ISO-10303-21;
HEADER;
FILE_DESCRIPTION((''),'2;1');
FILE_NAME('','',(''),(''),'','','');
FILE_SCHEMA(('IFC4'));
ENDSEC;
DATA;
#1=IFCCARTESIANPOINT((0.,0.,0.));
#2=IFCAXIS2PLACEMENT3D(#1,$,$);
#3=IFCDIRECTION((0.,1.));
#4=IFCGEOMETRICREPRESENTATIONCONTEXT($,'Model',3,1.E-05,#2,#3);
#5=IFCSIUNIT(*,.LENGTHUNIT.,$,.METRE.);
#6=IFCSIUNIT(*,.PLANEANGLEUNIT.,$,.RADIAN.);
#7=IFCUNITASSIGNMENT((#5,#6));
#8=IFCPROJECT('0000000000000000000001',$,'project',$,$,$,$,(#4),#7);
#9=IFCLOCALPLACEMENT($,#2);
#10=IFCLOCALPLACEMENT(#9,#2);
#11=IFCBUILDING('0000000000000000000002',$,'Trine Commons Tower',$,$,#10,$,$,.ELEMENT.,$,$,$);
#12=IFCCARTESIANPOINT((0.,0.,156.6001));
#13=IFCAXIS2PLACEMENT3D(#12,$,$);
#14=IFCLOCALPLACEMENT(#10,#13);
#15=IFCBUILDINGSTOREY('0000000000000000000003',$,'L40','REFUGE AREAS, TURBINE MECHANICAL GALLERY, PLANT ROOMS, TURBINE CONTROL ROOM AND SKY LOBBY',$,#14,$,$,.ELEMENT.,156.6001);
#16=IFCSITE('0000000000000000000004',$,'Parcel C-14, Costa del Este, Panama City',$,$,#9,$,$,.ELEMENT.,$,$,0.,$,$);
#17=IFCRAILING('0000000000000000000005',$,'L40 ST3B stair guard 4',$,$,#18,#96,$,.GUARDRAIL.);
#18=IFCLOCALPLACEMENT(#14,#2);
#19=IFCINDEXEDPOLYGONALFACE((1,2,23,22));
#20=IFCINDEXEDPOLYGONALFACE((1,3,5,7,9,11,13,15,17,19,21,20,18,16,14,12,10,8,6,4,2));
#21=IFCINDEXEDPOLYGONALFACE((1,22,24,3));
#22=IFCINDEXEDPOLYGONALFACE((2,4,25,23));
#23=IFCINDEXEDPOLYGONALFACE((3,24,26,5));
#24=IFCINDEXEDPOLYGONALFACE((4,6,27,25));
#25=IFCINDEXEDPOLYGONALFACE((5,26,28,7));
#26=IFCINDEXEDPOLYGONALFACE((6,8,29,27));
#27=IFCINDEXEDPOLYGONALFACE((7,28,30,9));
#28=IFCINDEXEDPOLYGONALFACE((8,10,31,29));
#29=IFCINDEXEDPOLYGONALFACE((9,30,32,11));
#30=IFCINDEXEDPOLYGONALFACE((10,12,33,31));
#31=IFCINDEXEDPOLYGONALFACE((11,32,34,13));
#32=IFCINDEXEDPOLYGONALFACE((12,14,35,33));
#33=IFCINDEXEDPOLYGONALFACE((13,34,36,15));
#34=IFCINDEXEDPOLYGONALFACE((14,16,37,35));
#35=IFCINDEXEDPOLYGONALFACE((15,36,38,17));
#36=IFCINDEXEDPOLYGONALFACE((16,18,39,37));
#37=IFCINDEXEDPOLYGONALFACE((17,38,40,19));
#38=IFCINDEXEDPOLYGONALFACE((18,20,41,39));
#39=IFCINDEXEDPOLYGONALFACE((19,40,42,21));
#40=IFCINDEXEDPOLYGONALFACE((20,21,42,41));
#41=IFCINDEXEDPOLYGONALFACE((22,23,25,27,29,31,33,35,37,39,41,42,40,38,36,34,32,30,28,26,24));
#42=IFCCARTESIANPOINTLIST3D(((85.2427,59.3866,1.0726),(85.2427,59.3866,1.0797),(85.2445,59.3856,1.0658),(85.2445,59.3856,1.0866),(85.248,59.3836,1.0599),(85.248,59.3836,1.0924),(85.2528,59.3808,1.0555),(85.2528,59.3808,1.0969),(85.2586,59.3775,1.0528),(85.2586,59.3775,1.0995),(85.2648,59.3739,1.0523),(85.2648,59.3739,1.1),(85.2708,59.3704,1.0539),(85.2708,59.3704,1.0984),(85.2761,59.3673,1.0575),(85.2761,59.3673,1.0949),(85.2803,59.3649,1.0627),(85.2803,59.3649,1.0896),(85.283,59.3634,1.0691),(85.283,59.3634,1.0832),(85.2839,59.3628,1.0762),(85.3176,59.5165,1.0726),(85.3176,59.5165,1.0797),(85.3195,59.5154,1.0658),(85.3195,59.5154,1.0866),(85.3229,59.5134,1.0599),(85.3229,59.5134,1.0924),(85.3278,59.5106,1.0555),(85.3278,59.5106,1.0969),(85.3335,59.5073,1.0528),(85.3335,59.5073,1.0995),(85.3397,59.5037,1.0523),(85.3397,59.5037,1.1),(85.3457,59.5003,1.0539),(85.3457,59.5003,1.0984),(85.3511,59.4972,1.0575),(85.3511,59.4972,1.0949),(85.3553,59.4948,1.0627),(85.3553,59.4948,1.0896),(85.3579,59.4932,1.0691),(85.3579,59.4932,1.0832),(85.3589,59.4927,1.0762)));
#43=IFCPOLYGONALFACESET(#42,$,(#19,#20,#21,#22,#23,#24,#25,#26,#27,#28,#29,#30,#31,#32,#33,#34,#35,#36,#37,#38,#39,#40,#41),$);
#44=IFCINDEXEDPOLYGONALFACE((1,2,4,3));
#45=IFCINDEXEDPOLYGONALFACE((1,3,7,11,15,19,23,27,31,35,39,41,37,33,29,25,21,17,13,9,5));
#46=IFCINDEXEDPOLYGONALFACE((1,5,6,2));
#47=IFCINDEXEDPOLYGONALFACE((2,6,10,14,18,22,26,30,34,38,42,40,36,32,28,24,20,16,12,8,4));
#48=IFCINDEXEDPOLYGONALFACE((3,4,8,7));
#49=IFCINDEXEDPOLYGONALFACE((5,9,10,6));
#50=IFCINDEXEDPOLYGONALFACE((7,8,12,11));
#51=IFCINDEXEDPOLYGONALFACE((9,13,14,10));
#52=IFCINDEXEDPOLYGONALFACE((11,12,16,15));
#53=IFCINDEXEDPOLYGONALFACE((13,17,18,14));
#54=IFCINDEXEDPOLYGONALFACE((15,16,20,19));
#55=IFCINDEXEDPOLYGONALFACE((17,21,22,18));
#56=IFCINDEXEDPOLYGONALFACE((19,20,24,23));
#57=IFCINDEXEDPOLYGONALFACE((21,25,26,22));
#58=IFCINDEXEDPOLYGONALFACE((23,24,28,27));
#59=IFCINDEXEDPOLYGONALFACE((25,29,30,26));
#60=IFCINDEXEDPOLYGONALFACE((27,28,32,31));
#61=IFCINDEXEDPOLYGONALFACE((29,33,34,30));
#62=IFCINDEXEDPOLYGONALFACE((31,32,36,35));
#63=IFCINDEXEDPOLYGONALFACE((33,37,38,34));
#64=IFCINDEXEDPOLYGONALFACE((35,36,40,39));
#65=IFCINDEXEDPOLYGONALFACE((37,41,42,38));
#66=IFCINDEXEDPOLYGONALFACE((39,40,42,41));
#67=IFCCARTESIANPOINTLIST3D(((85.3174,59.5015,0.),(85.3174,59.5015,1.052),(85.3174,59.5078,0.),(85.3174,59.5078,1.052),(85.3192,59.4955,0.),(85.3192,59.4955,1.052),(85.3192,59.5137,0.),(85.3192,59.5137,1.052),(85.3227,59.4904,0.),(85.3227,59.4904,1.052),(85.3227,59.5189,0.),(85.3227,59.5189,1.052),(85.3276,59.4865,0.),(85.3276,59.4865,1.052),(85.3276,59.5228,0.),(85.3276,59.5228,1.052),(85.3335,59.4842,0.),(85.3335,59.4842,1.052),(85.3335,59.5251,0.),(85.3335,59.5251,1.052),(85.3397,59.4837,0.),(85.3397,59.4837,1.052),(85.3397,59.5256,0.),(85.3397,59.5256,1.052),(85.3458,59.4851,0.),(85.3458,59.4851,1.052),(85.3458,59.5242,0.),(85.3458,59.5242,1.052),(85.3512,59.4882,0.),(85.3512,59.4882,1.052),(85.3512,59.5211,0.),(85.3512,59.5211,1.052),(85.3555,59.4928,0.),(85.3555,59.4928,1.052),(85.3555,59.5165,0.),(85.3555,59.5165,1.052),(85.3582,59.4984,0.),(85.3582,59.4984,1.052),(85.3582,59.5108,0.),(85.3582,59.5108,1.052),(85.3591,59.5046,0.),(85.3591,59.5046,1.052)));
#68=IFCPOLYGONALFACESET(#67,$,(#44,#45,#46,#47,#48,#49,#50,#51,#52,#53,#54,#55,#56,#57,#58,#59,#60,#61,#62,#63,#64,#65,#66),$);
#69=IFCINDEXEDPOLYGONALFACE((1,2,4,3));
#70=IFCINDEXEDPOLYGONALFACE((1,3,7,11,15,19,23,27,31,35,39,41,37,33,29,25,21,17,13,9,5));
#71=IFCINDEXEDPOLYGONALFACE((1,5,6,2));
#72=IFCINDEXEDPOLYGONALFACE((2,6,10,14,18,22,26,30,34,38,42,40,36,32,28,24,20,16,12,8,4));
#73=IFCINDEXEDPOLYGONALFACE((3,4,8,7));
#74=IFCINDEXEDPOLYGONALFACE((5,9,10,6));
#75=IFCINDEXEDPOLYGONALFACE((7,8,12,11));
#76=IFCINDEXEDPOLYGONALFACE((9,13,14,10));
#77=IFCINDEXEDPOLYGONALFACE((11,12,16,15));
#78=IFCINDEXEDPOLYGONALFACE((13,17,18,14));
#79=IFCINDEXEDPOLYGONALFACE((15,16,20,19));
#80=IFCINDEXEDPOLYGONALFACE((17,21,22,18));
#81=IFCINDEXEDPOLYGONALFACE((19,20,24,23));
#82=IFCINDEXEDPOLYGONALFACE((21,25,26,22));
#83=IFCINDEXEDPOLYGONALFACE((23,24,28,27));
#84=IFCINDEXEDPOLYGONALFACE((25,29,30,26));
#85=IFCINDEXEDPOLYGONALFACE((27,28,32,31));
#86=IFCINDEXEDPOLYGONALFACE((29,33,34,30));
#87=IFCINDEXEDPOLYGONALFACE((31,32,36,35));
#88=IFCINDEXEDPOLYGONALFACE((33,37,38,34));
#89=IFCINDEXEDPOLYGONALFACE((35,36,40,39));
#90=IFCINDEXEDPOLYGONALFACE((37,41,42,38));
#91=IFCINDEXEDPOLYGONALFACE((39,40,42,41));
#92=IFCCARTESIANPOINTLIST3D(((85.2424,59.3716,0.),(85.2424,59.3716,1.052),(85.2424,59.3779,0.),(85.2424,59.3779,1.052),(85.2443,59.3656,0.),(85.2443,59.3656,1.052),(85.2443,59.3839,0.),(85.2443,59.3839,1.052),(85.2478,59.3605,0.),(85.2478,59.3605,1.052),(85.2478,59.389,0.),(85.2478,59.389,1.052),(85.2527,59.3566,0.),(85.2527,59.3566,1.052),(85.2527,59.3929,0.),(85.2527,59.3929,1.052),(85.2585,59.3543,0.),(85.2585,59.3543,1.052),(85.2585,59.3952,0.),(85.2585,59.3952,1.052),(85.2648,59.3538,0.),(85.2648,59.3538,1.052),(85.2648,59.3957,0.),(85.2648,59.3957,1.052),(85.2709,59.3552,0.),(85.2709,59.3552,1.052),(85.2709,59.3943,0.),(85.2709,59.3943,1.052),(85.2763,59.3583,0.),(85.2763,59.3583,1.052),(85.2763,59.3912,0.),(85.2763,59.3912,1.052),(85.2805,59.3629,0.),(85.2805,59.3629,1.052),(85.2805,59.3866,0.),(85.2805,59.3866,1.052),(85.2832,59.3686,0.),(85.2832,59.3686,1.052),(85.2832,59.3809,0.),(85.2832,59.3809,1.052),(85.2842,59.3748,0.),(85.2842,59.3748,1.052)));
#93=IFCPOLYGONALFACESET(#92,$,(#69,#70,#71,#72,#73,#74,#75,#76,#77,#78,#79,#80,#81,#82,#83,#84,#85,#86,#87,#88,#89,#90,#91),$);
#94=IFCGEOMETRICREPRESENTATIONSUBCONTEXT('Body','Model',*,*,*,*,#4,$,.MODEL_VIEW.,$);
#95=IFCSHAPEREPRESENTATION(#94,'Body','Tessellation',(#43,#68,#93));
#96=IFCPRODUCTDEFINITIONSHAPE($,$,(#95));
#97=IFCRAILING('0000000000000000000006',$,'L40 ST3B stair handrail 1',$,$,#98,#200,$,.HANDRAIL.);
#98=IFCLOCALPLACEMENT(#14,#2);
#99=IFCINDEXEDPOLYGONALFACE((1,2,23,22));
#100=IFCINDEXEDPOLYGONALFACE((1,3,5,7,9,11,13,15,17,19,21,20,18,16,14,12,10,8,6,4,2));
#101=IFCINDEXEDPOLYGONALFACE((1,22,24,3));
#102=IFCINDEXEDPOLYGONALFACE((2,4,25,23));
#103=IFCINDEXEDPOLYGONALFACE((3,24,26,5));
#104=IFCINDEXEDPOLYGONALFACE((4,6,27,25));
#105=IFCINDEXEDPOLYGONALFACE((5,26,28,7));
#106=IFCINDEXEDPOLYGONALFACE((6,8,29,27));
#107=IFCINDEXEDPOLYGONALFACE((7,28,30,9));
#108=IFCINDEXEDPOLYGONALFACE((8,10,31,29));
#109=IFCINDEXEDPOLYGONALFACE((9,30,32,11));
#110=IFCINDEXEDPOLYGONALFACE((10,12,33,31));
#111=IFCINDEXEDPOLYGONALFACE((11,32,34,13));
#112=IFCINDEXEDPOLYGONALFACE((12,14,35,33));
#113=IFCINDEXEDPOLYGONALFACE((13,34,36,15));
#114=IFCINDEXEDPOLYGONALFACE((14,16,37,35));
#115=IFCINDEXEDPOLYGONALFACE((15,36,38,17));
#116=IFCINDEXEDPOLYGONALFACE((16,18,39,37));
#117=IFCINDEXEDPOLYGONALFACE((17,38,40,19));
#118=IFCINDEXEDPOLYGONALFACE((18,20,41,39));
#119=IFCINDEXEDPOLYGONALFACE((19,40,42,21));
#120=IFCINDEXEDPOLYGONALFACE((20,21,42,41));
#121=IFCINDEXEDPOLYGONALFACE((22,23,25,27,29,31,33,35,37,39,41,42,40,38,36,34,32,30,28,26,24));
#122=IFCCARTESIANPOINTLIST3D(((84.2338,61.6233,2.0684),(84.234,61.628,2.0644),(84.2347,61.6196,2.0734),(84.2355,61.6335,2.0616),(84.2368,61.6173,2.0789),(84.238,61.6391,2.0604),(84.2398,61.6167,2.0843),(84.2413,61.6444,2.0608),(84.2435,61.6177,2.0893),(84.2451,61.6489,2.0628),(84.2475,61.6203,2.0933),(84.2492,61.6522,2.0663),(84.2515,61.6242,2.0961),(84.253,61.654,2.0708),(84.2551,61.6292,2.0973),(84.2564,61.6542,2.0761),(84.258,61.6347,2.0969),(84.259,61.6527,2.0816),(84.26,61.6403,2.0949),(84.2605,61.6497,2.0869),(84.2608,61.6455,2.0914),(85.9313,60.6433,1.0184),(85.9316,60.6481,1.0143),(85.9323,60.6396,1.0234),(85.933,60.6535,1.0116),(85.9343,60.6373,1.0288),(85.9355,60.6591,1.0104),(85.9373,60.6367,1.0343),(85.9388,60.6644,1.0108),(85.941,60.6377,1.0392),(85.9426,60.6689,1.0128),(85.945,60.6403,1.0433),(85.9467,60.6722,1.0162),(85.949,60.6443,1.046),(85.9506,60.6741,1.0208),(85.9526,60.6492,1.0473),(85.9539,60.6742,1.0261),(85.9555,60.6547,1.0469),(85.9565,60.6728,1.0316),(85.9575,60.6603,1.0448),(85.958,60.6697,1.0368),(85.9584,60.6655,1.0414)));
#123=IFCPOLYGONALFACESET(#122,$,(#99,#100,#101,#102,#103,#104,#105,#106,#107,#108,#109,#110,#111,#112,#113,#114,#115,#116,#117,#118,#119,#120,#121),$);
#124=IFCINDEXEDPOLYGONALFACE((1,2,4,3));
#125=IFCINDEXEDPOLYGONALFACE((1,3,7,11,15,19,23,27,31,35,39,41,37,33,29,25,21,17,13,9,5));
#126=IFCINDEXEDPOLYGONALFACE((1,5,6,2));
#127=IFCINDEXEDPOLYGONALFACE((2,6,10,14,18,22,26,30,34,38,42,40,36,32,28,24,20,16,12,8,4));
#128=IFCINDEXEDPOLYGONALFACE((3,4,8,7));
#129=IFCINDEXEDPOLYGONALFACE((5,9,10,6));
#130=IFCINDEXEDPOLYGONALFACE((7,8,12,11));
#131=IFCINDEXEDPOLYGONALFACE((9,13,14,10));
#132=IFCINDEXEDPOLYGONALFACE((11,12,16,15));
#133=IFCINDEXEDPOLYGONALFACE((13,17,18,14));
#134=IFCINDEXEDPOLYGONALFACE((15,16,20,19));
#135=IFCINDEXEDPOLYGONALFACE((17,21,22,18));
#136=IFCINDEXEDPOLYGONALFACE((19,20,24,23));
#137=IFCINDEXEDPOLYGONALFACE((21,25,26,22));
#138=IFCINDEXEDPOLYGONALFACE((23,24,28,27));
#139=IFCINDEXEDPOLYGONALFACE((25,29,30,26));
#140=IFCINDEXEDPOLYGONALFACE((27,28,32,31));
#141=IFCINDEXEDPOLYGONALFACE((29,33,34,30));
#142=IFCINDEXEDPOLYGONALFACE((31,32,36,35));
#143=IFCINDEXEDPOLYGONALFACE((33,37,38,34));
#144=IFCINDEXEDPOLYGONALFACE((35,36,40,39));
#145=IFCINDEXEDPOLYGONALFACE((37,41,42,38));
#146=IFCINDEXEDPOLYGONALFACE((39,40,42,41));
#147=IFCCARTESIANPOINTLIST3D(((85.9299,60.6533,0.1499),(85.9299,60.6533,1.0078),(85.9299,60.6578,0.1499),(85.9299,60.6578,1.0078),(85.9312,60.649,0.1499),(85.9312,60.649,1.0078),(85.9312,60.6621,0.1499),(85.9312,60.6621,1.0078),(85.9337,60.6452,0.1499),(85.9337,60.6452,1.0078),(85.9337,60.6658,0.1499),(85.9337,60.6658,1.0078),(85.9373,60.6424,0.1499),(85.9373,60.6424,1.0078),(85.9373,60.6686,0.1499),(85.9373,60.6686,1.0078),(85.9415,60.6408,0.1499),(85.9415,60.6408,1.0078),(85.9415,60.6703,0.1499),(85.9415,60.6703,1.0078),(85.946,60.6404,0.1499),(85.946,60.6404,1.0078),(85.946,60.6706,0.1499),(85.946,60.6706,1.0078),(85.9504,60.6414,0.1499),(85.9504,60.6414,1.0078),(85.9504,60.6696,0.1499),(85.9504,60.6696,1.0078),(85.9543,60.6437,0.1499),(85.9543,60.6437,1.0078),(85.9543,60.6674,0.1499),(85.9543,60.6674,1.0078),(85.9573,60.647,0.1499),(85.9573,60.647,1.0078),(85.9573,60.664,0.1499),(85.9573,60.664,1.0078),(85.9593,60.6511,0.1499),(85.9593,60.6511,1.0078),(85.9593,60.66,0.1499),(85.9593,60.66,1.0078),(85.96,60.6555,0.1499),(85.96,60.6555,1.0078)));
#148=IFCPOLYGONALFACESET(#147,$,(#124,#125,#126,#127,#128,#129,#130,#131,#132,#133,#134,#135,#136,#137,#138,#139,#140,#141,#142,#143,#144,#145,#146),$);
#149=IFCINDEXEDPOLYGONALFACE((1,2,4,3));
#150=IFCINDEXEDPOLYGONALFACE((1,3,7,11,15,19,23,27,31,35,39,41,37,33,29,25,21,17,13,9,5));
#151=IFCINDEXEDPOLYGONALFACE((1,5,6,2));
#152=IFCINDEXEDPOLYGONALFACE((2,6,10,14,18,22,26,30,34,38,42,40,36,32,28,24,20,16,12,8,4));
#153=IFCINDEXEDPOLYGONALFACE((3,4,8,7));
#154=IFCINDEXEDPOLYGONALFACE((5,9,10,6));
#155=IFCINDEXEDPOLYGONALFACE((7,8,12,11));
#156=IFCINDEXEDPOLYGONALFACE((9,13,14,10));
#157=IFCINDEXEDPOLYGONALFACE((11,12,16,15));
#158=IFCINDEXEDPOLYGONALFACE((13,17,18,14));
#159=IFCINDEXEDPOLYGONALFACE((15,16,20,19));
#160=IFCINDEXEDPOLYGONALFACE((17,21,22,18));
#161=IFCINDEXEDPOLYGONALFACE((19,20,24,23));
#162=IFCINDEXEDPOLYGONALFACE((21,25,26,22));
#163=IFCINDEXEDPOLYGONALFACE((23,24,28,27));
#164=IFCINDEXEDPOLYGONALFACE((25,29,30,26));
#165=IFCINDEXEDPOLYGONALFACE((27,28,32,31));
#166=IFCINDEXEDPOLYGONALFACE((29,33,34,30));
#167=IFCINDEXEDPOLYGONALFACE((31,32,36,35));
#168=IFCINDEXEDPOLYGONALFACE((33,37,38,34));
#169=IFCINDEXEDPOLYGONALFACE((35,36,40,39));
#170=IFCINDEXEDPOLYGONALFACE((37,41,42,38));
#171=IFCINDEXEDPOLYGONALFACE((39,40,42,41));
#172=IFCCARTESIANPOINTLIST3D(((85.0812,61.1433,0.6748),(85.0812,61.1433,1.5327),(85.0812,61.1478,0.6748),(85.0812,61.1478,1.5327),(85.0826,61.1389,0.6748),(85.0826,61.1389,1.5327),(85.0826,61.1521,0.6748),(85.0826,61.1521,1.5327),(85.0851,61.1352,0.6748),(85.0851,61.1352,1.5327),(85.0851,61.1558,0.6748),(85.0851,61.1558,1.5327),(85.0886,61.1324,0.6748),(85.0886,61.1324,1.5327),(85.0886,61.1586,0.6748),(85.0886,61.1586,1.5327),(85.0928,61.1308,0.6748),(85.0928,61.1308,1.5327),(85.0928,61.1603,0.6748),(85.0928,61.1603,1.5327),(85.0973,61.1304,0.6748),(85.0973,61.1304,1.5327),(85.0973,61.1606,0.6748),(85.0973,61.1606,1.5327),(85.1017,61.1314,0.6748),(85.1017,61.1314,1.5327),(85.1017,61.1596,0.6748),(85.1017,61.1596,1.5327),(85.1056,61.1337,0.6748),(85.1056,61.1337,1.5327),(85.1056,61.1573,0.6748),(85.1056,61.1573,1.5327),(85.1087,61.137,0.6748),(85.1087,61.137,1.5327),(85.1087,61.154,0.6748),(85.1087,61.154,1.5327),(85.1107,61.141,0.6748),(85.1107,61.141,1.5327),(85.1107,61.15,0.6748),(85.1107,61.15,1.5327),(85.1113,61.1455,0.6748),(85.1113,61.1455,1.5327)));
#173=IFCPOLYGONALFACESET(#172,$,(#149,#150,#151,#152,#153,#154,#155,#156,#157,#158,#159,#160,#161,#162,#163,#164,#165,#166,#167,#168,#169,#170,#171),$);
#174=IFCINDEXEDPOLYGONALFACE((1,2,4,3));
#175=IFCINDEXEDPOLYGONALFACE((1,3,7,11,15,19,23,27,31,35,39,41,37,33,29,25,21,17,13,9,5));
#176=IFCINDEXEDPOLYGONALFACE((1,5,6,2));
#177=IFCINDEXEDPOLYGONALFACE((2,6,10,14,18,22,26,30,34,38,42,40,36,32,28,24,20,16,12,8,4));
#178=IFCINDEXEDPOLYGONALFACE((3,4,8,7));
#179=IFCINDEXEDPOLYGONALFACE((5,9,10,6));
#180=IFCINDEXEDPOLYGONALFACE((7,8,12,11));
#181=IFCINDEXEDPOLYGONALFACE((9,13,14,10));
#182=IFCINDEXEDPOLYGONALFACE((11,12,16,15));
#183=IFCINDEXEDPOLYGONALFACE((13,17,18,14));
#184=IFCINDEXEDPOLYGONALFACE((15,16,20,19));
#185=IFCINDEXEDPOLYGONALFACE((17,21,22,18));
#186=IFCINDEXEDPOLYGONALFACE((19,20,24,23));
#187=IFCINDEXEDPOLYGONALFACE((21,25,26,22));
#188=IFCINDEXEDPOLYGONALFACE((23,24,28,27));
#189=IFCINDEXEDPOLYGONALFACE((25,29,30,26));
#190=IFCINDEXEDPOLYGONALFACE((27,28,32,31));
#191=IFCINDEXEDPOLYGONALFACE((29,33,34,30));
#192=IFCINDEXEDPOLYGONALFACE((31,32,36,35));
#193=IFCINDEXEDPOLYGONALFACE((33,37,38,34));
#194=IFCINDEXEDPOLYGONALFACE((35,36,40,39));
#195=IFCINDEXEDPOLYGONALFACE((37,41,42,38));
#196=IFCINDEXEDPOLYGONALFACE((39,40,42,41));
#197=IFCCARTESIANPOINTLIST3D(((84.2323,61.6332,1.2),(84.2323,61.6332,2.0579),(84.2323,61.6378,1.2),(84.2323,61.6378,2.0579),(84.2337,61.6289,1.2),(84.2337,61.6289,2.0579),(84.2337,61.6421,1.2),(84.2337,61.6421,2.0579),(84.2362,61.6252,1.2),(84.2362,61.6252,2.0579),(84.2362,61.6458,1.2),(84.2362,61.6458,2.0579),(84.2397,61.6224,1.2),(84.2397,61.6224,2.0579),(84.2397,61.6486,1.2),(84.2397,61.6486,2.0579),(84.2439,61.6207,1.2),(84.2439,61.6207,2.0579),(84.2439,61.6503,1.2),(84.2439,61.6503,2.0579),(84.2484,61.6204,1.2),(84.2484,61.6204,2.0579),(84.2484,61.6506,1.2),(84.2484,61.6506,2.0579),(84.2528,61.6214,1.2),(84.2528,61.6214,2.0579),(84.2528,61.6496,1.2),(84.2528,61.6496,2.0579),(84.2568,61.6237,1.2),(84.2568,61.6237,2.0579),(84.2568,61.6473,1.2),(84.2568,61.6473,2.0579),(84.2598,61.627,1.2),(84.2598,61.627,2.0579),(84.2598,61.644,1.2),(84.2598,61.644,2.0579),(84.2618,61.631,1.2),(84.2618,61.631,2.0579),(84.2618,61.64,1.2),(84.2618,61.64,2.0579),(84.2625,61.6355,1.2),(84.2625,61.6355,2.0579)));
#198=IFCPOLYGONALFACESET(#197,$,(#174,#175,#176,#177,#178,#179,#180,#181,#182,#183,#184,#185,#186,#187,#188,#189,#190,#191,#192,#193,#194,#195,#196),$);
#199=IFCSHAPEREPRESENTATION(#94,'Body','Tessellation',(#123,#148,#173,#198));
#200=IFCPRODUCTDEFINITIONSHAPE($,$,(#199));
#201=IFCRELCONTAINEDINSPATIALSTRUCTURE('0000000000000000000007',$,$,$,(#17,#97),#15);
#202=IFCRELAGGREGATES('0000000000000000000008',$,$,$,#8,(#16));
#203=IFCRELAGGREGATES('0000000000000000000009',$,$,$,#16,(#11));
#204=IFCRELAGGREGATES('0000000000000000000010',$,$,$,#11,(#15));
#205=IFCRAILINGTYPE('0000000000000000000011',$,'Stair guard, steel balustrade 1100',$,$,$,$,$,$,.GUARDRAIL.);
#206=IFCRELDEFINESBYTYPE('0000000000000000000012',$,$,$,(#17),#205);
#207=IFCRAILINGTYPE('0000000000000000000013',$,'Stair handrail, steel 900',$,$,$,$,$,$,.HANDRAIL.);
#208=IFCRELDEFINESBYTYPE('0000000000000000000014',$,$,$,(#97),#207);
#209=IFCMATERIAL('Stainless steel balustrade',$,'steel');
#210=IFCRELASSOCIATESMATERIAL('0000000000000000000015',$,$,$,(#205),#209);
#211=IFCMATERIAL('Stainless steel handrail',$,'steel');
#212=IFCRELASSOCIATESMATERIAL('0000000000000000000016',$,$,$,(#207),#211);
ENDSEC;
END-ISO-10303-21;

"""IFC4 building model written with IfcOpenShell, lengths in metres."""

from ifc_helpers import new_model, si_unit, direction, frame, origin, origin_2d, place, context, subcontext, project, spatial, circle, extrude, material, type_object, element, save


model = new_model("IFC4")

# Units and contexts
model_context = context("Model", 3, precision=1e-05, world=origin(), true_north=direction((0.0, 1.0)))
body_context = subcontext(model_context, "Body", "Model", "MODEL_VIEW")
ifc_project = project(units=[si_unit("LENGTHUNIT", "METRE"), si_unit("PLANEANGLEUNIT", "RADIAN")], contexts=[model_context])

# Site, building, storey
site_placement = place(None, origin())
site = spatial("IfcSite", under=ifc_project, at=site_placement, Name="Parcel C-14, Costa del Este, Panama City", CompositionType="ELEMENT", RefElevation=0.0)
building_placement = place(site_placement, origin())
building = spatial("IfcBuilding", under=site, at=building_placement, Name="Trine Commons Tower", CompositionType="ELEMENT")
storey_placement = place(building_placement, frame((0.0, 0.0, 156.6001)))
storey = spatial("IfcBuildingStorey", under=building, at=storey_placement, Name="L40", Description="REFUGE AREAS, TURBINE MECHANICAL GALLERY, PLANT ROOMS, TURBINE CONTROL ROOM AND SKY LOBBY", CompositionType="ELEMENT", Elevation=156.6001)

# Railings
ifc_material_1 = material(Name="Stainless steel balustrade", Category="steel")
railing_type_1 = type_object("IfcRailingType", Name="Stair guard, steel balustrade 1100", PredefinedType="GUARDRAIL", material=ifc_material_1)
railing_1_placement = place(storey_placement, frame((85.3381, 59.5046, 0.0)))
element("IfcRailing", 1, at=railing_1_placement, inside=storey, type_object=railing_type_1, Name="L40 ST3B stair guard 4", PredefinedType="GUARDRAIL", context=body_context, shape_type="SweptSolid", body=[
    extrude(circle(Radius=0.0239, at=origin_2d()), frame((0.0, 0.0, 1.0762), z_axis=(-0.499816, -0.866131, 0.0), x_axis=(0.866131, -0.499816, 0.0)), (0.0, 0.0, 1.0), 0.1499),
    extrude(circle(Radius=0.021, at=origin_2d()), origin(), (0.0, 0.0, 1.0), 1.052),
    extrude(circle(Radius=0.021, at=origin_2d()), frame((-0.075, -0.1299, 0.0)), (0.0, 0.0, 1.0), 1.052),
])
ifc_material_2 = material(Name="Stainless steel handrail", Category="steel")
railing_type_2 = type_object("IfcRailingType", Name="Stair handrail, steel 900", PredefinedType="HANDRAIL", material=ifc_material_2)
railing_2_placement = place(storey_placement, frame((85.9448, 60.6555, 0.1499)))
element("IfcRailing", 2, at=railing_2_placement, inside=storey, type_object=railing_type_2, Name="L40 ST3B stair handrail 1", PredefinedType="HANDRAIL", context=body_context, shape_type="SweptSolid", body=[
    extrude(circle(Radius=0.021, at=origin_2d()), frame((0.0, 0.0, 0.8789), z_axis=(-0.763398, 0.440713, 0.472224), x_axis=(-0.49997, -0.866042, 0.0)), (0.0, 0.0, 1.0), 2.2236),
    extrude(circle(Radius=0.0151, at=origin_2d()), origin(), (0.0, 0.0, 1.0), 0.8579),
    extrude(circle(Radius=0.0151, at=origin_2d()), frame((-0.8486, 0.49, 0.5249)), (0.0, 0.0, 1.0), 0.8579),
    extrude(circle(Radius=0.0151, at=origin_2d()), frame((-1.6975, 0.98, 1.05)), (0.0, 0.0, 1.0), 0.8579),
])

save(model, "model.ifc")
